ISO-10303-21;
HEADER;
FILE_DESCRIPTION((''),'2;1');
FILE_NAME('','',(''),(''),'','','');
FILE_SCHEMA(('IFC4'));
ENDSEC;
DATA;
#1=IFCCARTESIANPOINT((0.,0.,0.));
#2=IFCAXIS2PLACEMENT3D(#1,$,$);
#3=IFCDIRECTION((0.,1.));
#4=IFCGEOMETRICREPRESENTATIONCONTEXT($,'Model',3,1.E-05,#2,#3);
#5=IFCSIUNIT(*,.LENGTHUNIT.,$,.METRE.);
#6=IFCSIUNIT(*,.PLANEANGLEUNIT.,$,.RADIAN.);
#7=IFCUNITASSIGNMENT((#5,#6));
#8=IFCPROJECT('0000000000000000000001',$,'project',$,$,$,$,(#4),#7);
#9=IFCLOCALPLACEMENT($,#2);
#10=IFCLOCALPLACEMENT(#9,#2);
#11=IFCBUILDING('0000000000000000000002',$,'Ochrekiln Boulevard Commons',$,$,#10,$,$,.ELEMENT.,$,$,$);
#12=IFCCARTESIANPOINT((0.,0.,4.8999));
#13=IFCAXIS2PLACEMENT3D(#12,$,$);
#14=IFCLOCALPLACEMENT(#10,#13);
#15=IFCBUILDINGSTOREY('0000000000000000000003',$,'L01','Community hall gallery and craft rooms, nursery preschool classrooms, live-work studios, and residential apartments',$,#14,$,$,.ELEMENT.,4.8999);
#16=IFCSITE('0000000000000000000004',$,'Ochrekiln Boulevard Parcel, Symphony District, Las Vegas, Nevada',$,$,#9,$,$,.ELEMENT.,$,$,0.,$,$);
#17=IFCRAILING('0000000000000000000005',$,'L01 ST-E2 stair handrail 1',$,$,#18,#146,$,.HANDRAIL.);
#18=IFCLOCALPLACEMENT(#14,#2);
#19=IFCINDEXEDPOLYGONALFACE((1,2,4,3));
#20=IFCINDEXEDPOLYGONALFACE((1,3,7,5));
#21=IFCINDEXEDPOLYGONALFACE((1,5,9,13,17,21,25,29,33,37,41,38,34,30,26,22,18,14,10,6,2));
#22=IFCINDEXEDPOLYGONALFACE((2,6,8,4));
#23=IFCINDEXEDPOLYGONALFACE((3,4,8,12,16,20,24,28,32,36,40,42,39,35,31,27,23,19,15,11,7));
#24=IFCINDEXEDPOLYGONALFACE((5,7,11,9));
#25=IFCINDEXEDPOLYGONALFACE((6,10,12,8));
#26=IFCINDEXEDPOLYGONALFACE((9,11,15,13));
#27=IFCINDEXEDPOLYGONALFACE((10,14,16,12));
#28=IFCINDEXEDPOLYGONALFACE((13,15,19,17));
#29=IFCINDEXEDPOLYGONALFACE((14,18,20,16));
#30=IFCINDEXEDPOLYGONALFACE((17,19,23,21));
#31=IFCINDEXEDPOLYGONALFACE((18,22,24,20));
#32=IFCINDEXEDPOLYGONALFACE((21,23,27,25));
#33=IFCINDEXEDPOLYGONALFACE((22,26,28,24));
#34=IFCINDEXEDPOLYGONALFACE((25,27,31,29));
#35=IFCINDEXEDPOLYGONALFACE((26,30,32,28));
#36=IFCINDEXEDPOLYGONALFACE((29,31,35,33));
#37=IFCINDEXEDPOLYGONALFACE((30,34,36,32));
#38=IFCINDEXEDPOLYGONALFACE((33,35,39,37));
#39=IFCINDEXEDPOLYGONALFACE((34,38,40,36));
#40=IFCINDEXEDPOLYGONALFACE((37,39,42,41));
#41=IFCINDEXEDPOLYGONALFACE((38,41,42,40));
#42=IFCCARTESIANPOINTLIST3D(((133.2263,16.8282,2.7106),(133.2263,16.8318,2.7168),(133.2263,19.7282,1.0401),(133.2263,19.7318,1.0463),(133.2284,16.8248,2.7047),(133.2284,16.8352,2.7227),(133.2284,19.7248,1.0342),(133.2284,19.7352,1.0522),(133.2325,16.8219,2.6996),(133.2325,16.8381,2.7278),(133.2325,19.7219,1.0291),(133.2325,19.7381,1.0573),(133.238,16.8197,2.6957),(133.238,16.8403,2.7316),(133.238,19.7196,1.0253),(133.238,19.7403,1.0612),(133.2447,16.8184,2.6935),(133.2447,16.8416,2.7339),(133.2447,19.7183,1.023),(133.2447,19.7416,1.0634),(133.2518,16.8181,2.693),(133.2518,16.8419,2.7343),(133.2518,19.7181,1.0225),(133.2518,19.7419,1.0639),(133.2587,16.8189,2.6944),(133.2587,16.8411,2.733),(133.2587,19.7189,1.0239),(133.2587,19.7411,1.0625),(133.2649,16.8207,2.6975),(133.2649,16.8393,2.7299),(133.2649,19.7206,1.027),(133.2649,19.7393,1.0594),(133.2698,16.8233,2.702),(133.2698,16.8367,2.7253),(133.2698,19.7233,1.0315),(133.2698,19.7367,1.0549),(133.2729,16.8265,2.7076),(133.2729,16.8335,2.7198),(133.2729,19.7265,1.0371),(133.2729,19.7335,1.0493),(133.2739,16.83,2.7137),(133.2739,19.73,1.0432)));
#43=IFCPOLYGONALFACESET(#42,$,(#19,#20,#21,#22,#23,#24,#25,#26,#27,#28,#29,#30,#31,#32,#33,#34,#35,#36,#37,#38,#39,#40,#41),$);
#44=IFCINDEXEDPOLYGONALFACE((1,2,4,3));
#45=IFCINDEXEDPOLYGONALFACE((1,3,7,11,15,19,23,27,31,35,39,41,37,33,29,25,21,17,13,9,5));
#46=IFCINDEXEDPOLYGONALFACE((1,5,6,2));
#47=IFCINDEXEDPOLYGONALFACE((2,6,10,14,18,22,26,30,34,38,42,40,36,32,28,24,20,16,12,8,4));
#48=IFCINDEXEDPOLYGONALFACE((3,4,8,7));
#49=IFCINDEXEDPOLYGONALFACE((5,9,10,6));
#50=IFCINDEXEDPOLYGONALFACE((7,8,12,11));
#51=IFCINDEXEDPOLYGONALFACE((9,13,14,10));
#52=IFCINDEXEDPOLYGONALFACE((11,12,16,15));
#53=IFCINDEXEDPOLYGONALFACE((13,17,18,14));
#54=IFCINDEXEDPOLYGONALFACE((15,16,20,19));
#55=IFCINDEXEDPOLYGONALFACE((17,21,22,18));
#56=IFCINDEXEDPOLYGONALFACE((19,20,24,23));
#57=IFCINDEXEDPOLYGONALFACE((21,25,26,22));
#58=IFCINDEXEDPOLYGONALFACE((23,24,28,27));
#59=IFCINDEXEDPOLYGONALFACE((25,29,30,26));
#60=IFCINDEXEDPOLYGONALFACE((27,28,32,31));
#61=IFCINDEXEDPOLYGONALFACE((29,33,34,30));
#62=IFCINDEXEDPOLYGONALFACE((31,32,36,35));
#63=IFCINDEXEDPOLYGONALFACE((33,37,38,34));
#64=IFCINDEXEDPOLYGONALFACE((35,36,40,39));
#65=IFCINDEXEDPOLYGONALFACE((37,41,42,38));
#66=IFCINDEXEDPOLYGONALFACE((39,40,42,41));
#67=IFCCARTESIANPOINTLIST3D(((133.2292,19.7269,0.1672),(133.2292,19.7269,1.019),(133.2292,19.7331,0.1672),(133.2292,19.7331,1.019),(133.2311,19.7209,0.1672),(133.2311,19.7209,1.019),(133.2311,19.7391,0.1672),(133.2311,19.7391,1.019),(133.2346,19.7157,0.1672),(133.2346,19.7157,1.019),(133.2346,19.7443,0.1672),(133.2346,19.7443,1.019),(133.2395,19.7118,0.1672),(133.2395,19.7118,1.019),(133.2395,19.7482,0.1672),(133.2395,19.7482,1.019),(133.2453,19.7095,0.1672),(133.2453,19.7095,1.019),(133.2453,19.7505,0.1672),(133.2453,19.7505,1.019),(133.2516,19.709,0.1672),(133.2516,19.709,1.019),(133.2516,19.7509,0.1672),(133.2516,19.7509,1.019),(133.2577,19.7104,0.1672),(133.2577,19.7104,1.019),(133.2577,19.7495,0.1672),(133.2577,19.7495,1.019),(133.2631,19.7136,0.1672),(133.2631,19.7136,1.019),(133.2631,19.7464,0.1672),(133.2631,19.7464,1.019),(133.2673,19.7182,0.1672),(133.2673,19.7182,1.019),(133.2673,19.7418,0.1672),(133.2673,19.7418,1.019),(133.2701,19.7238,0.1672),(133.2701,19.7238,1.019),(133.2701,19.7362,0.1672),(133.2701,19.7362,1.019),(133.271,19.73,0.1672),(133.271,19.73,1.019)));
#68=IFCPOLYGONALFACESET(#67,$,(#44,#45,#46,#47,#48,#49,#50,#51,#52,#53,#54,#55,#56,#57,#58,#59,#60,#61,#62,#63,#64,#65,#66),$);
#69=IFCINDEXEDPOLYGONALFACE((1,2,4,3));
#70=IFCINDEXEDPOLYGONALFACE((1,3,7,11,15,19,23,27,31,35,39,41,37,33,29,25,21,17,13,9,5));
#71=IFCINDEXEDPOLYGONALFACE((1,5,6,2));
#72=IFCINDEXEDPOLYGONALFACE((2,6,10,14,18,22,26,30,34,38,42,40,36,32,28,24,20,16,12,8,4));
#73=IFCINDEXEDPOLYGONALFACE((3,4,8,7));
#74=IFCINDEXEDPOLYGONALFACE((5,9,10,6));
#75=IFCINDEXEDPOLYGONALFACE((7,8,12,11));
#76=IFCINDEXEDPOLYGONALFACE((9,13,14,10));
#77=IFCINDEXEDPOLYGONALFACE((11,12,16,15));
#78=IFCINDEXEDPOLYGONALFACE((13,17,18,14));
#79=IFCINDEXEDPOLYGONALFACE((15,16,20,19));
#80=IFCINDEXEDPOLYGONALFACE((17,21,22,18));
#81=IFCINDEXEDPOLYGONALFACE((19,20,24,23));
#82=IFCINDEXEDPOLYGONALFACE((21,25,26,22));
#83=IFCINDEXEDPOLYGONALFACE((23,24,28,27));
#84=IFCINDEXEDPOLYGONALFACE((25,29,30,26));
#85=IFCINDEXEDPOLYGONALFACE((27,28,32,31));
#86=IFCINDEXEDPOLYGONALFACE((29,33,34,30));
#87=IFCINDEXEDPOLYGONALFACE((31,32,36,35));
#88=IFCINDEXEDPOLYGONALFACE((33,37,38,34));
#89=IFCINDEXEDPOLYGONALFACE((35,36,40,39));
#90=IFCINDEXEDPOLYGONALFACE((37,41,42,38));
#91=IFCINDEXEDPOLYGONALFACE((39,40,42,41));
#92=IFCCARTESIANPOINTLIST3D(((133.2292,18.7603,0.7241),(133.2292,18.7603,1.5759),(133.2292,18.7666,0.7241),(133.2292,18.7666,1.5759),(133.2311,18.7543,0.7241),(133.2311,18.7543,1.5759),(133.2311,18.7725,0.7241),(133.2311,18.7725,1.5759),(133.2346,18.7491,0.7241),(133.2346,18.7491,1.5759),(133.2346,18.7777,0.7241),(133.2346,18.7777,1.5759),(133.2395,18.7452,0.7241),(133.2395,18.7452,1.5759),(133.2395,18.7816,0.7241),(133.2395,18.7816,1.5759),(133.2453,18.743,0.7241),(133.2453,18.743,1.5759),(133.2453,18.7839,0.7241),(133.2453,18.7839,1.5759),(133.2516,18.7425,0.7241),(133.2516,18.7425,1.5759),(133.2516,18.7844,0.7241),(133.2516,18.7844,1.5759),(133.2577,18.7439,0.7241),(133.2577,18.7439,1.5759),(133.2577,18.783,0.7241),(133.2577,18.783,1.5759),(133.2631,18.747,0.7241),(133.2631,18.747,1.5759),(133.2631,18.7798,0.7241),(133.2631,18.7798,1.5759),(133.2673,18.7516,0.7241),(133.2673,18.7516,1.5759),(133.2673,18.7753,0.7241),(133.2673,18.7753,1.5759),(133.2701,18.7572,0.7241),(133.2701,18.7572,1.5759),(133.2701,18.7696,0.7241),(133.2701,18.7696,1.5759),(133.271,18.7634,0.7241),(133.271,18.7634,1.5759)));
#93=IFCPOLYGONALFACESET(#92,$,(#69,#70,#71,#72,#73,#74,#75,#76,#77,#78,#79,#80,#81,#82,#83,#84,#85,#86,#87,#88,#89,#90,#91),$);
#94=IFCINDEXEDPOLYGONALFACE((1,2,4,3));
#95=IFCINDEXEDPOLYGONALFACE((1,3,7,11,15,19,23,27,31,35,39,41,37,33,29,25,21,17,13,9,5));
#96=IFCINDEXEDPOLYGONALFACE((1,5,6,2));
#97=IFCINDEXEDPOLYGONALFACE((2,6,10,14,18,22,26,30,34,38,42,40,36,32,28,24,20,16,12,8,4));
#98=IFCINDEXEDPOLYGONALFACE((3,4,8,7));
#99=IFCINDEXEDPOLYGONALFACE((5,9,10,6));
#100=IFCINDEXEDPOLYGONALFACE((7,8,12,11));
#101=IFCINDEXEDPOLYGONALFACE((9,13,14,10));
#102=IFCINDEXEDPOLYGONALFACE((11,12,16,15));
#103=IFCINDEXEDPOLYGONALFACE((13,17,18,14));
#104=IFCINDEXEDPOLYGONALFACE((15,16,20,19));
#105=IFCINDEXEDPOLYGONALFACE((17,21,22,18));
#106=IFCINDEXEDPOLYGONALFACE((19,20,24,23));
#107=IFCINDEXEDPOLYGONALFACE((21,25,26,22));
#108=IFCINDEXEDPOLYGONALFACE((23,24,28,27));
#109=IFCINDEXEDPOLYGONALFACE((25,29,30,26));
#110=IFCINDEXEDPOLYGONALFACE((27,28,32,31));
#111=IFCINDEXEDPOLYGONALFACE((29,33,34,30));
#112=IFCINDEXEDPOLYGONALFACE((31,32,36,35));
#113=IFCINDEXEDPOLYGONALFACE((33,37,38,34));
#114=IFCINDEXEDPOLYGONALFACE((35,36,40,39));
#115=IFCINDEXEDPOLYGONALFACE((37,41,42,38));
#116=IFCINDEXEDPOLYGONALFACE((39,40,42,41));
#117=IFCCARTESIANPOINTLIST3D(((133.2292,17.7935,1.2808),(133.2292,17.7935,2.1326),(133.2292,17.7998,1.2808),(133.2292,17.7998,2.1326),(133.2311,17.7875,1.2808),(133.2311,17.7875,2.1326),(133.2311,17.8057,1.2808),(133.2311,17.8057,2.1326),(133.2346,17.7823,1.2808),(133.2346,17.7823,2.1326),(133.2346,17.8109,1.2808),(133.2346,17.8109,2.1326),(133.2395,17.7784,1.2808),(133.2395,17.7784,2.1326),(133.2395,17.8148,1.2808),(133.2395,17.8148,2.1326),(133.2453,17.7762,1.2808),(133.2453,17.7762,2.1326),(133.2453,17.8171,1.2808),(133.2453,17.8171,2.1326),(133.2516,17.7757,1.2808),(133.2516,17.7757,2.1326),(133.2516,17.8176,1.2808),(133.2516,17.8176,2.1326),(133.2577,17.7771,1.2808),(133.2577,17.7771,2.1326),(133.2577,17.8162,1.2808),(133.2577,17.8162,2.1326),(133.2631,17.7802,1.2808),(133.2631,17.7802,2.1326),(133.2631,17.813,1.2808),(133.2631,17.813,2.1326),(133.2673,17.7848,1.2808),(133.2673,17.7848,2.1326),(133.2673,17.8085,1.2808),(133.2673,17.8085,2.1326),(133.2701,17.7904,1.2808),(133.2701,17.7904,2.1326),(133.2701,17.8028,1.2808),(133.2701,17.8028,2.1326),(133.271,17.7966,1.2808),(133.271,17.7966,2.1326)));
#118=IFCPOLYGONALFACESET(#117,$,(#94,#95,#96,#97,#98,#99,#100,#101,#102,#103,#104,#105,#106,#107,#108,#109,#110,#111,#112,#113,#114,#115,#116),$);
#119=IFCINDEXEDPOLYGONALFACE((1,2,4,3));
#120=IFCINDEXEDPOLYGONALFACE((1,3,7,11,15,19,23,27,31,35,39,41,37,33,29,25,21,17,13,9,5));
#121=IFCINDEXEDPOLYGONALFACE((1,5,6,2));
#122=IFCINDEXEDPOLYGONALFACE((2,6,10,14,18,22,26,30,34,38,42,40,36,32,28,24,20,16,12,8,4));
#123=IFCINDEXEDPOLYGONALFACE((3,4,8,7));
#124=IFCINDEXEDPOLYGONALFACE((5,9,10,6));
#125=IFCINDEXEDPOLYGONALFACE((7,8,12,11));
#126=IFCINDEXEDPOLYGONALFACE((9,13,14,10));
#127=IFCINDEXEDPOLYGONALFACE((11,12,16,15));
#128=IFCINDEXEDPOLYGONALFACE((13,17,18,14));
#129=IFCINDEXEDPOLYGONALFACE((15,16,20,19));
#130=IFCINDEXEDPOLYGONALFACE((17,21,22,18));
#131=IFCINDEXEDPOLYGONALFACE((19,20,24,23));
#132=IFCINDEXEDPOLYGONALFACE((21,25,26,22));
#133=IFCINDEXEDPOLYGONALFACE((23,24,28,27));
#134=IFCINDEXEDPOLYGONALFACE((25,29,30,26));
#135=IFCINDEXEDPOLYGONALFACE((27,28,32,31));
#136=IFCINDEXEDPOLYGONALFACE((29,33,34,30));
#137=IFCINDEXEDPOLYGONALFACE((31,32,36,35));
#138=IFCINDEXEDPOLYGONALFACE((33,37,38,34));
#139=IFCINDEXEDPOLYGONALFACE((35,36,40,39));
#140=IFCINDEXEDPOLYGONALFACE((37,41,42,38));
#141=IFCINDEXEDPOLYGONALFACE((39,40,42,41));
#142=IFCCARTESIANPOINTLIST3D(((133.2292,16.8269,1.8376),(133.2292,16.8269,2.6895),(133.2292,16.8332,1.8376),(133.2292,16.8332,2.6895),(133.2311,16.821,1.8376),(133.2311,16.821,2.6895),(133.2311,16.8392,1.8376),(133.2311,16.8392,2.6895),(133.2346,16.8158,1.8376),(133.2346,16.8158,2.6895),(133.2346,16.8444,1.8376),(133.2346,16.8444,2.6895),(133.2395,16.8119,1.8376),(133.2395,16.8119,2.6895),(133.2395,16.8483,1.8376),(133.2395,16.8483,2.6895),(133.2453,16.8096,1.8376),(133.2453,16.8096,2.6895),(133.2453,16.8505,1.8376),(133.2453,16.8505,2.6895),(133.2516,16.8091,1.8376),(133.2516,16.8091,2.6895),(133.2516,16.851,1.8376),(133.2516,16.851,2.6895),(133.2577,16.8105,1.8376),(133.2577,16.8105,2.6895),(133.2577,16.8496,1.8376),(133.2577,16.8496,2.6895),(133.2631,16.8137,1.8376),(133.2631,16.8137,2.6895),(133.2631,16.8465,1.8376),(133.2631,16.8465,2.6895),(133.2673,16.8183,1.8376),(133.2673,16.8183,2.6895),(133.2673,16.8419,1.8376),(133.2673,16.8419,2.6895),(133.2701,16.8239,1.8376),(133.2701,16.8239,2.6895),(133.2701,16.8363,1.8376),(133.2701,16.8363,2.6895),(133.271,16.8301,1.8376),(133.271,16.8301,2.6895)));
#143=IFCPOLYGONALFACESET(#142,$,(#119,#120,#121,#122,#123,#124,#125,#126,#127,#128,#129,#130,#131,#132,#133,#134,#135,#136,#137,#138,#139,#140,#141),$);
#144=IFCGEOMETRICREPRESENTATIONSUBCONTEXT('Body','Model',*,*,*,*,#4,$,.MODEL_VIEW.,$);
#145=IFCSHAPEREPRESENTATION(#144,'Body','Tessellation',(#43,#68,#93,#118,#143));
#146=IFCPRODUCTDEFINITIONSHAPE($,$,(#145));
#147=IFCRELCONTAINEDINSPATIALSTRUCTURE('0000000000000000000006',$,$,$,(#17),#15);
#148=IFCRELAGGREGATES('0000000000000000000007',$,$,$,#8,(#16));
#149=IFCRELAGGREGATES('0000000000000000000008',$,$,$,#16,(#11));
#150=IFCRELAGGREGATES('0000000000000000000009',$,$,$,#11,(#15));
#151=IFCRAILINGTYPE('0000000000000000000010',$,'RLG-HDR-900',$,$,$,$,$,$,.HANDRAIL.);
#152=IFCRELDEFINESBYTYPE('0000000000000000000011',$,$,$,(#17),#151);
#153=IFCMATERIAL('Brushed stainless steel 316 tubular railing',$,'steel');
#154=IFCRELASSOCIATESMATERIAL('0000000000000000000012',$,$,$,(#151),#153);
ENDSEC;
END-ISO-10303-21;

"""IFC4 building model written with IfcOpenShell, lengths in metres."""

from ifc_helpers import new_model, si_unit, direction, frame, origin, origin_2d, place, context, subcontext, project, spatial, circle, extrude, material, type_object, element, save


model = new_model("IFC4")

# Units and contexts
model_context = context("Model", 3, precision=1e-05, world=origin(), true_north=direction((0.0, 1.0)))
body_context = subcontext(model_context, "Body", "Model", "MODEL_VIEW")
ifc_project = project(units=[si_unit("LENGTHUNIT", "METRE"), si_unit("PLANEANGLEUNIT", "RADIAN")], contexts=[model_context])

# Site, building, storey
site_placement = place(None, origin())
site = spatial("IfcSite", under=ifc_project, at=site_placement, Name="Ochrekiln Boulevard Parcel, Symphony District, Las Vegas, Nevada", CompositionType="ELEMENT", RefElevation=0.0)
building_placement = place(site_placement, origin())
building = spatial("IfcBuilding", under=site, at=building_placement, Name="Ochrekiln Boulevard Commons", CompositionType="ELEMENT")
storey_placement = place(building_placement, frame((0.0, 0.0, 4.8999)))
storey = spatial("IfcBuildingStorey", under=building, at=storey_placement, Name="L01", Description="Community hall gallery and craft rooms, nursery preschool classrooms, live-work studios, and residential apartments", CompositionType="ELEMENT", Elevation=4.8999)

# Railing
ifc_material_1 = material(Name="Brushed stainless steel 316 tubular railing", Category="steel")
railing_type_1 = type_object("IfcRailingType", Name="RLG-HDR-900", PredefinedType="HANDRAIL", material=ifc_material_1)
railing_1_placement = place(storey_placement, frame((133.25, 19.73, 0.1672)))
element("IfcRailing", 1, at=railing_1_placement, inside=storey, type_object=railing_type_1, Name="L01 ST-E2 stair handrail 1", PredefinedType="HANDRAIL", context=body_context, shape_type="SweptSolid", body=[
    extrude(circle(Radius=0.0239, at=origin_2d()), frame((0.0, 0.0, 0.876), z_axis=(0.0, -0.866523, 0.499137), x_axis=(1.0, 0.0, 0.0)), (0.0, 0.0, 1.0), 3.3467),
    extrude(circle(Radius=0.021, at=origin_2d()), origin(), (0.0, 0.0, 1.0), 0.8518),
    extrude(circle(Radius=0.021, at=origin_2d()), frame((0.0, -0.9666, 0.5569)), (0.0, 0.0, 1.0), 0.8518),
    extrude(circle(Radius=0.021, at=origin_2d()), frame((0.0, -1.9333, 1.1135)), (0.0, 0.0, 1.0), 0.8518),
    extrude(circle(Radius=0.021, at=origin_2d()), frame((0.0, -2.8999, 1.6704)), (0.0, 0.0, 1.0), 0.8518),
])

save(model, "model.ifc")
